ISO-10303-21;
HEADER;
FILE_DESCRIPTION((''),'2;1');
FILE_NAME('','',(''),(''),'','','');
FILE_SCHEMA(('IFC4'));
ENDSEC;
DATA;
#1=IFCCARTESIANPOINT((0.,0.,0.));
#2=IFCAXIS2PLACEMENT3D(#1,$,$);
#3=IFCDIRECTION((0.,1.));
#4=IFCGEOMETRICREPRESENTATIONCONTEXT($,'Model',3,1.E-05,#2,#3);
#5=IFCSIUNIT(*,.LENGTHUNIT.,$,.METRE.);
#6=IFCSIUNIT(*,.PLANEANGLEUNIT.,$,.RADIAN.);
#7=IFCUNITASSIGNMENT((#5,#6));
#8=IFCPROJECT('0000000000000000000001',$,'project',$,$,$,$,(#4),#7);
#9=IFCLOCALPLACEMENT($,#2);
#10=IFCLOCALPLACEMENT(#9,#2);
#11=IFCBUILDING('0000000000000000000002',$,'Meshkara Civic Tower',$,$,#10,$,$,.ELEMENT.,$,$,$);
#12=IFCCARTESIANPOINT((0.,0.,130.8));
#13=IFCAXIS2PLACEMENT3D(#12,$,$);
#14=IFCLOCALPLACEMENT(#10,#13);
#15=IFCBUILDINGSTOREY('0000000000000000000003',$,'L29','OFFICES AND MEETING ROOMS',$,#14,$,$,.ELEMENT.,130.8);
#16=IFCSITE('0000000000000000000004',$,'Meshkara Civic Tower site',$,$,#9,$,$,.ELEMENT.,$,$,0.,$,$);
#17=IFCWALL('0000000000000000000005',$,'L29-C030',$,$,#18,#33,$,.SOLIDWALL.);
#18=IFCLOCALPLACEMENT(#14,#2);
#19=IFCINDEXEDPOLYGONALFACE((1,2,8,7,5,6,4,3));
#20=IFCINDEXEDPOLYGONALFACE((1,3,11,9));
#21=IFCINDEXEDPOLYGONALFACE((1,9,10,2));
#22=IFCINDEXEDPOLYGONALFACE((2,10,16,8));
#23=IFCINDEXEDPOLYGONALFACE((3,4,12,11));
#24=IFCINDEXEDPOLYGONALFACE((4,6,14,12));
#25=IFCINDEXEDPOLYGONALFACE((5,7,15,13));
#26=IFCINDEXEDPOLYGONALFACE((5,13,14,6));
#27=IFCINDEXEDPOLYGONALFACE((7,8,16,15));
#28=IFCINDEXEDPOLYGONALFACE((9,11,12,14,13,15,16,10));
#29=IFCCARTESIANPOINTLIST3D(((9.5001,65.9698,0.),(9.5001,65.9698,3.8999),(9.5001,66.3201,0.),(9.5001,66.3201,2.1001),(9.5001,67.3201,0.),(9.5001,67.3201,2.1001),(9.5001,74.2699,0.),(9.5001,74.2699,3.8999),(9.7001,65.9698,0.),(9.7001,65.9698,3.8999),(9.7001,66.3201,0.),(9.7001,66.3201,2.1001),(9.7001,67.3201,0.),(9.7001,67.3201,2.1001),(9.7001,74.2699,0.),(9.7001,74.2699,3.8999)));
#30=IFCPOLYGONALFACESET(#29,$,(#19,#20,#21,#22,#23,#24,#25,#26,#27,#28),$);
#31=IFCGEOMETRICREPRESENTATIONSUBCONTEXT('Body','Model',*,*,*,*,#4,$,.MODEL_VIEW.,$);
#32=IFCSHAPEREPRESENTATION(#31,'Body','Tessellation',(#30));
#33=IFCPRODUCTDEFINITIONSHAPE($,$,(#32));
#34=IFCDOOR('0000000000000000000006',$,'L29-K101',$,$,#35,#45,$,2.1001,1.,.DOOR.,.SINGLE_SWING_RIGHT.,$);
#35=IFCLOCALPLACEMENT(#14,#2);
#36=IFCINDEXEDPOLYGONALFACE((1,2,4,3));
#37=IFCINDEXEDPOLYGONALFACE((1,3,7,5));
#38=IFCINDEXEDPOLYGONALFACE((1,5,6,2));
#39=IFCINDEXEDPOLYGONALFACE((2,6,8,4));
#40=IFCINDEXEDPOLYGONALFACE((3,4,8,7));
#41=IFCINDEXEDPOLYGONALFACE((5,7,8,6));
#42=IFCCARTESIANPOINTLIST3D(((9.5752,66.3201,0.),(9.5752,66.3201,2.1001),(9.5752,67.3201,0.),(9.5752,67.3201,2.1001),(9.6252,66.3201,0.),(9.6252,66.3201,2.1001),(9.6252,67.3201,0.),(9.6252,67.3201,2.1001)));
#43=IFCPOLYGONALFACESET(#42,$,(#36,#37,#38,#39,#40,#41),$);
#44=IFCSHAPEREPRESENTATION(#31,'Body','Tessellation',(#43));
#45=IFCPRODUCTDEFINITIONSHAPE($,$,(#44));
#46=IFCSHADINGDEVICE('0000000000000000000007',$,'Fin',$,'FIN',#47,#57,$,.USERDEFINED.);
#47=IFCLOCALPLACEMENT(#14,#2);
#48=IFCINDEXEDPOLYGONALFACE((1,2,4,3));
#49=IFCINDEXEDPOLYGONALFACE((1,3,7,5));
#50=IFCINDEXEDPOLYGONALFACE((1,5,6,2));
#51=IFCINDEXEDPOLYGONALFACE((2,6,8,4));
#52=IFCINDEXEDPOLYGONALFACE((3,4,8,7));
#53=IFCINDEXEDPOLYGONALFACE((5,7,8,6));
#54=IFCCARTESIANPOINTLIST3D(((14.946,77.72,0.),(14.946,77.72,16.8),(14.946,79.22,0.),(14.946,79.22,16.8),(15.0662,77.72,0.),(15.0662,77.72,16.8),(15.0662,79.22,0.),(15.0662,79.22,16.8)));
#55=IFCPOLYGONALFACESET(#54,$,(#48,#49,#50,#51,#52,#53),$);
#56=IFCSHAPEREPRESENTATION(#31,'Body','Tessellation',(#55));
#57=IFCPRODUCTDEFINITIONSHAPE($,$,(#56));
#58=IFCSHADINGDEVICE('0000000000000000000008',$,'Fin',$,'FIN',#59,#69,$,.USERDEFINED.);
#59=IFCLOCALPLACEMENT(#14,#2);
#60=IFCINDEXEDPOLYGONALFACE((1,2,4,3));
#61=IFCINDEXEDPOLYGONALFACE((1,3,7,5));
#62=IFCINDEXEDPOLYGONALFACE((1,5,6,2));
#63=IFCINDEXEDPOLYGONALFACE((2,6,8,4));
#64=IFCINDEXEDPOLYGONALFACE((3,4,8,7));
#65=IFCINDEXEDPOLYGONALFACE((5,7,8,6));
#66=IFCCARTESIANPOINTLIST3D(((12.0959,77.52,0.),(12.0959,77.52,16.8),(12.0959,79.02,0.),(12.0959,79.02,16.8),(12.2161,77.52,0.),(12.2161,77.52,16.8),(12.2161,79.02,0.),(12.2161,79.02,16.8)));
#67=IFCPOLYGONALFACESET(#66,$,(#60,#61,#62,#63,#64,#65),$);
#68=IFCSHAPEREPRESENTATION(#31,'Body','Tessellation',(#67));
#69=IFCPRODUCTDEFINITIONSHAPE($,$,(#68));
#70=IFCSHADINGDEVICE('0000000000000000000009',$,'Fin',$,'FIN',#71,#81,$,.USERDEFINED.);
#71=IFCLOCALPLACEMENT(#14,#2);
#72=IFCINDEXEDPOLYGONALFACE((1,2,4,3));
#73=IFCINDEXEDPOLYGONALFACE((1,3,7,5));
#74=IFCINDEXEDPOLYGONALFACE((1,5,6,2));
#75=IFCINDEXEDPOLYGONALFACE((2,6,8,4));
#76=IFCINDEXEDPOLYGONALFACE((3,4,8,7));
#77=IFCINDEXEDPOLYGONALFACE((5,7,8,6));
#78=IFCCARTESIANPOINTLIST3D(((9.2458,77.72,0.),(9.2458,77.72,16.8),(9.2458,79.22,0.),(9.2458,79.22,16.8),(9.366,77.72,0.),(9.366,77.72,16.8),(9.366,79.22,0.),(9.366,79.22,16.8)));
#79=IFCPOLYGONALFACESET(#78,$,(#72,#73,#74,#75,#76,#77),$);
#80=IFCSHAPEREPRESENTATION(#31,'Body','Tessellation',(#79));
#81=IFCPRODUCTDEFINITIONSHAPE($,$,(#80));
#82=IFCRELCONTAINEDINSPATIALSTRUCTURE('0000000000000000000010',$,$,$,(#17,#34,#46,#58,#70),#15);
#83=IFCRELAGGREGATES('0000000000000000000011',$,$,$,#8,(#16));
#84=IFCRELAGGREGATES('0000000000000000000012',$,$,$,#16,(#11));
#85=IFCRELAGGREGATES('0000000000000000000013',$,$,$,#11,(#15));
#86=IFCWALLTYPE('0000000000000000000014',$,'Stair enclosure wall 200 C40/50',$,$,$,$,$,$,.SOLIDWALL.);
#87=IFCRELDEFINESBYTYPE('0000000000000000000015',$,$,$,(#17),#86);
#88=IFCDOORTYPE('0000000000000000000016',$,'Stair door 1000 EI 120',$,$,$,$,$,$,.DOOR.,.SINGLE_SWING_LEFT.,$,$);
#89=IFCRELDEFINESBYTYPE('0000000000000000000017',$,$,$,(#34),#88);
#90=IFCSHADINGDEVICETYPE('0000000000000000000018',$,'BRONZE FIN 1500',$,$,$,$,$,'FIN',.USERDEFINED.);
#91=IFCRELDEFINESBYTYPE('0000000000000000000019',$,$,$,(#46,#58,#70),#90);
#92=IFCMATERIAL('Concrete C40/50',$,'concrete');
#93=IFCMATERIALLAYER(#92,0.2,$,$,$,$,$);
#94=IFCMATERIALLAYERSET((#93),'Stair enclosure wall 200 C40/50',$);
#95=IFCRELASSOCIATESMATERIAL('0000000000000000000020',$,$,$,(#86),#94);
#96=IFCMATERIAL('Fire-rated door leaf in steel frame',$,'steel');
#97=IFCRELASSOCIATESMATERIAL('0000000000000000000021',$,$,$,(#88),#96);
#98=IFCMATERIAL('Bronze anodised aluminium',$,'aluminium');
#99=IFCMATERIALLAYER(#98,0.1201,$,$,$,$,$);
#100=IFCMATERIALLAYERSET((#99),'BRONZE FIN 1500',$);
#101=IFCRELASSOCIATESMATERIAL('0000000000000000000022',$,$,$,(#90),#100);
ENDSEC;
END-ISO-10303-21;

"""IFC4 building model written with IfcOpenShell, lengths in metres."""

from ifc_helpers import new_model, si_unit, direction, frame, frame_2d, origin, origin_2d, place, context, subcontext, project, spatial, rectangle, extrude, material, layer, layer_set, type_object, element, fill, save


model = new_model("IFC4")

# Units and contexts
model_context = context("Model", 3, precision=1e-05, world=origin(), true_north=direction((0.0, 1.0)))
body_context = subcontext(model_context, "Body", "Model", "MODEL_VIEW")
ifc_project = project(units=[si_unit("LENGTHUNIT", "METRE"), si_unit("PLANEANGLEUNIT", "RADIAN")], contexts=[model_context])

# Site, building, storey
site_placement = place(None, origin())
site = spatial("IfcSite", under=ifc_project, at=site_placement, Name="Meshkara Civic Tower site", CompositionType="ELEMENT", RefElevation=0.0)
building_placement = place(site_placement, origin())
building = spatial("IfcBuilding", under=site, at=building_placement, Name="Meshkara Civic Tower", CompositionType="ELEMENT")
storey_placement = place(building_placement, frame((0.0, 0.0, 130.8)))
storey = spatial("IfcBuildingStorey", under=building, at=storey_placement, Name="L29", Description="OFFICES AND MEETING ROOMS", CompositionType="ELEMENT", Elevation=130.8)

# Wall, opening, door
ifc_material_1 = material(Name="Concrete C40/50", Category="concrete")
ifc_layer_1 = layer(ifc_material_1, 0.2)
ifc_layer_set_1 = layer_set([ifc_layer_1], Name="Stair enclosure wall 200 C40/50")
wall_type_1 = type_object("IfcWallType", Name="Stair enclosure wall 200 C40/50", PredefinedType="SOLIDWALL", material=ifc_layer_set_1)
wall_1_placement = place(storey_placement, frame((9.6001, 65.97, 0.0), z_axis=(0.0, 0.0, 1.0), x_axis=(0.0, 1.0, 0.0)))
wall_1 = element("IfcWall", 1, at=wall_1_placement, inside=storey, type_object=wall_type_1, Name="L29-C030", PredefinedType="SOLIDWALL", context=body_context, shape_type="SweptSolid", body=[
    extrude(rectangle(XDim=8.3, YDim=0.2, at=frame_2d((4.1499, 0.0))), origin(), (0.0, 0.0, 1.0), 3.8999),
])
opening_1_placement = place(wall_1_placement, frame((0.3501, 0.0, 0.0)))
opening_1 = element("IfcOpeningElement", 2, at=opening_1_placement, cuts=wall_1, PredefinedType="OPENING", context=body_context, shape_type="SweptSolid", body=[
    extrude(rectangle(XDim=1.0, YDim=2.1001, at=frame_2d((0.5, 1.05))), frame((0.0, 0.1099, 0.0), z_axis=(0.0, -1.0, 0.0), x_axis=(1.0, 0.0, 0.0)), (0.0, 0.0, 1.0), 0.22),
])
ifc_material_2 = material(Name="Fire-rated door leaf in steel frame", Category="steel")
door_type_1 = type_object("IfcDoorType", Name="Stair door 1000 EI 120", OperationType="SINGLE_SWING_LEFT", PredefinedType="DOOR", material=ifc_material_2)
door_1_placement = place(opening_1_placement, origin())
door_1 = element("IfcDoor", 3, at=door_1_placement, inside=storey, type_object=door_type_1, Name="L29-K101", OperationType="SINGLE_SWING_RIGHT", OverallHeight=2.1001, OverallWidth=1.0, PredefinedType="DOOR", context=body_context, shape_type="SweptSolid", body=[
    extrude(rectangle(XDim=1.0, YDim=2.1001, at=frame_2d((0.5, 1.05))), frame((0.0, 0.0249, 0.0), z_axis=(0.0, -1.0, 0.0), x_axis=(1.0, 0.0, 0.0)), (0.0, 0.0, 1.0), 0.05),
])
fill(opening_1, door_1)

# Shading devices
ifc_material_3 = material(Name="Bronze anodised aluminium", Category="aluminium")
ifc_layer_2 = layer(ifc_material_3, 0.1201)
ifc_layer_set_2 = layer_set([ifc_layer_2], Name="BRONZE FIN 1500")
shading_device_type = type_object("IfcShadingDeviceType", Name="BRONZE FIN 1500", ElementType="FIN", PredefinedType="USERDEFINED", material=ifc_layer_set_2)
for number, where, z_axis, x_axis, name in (
    (4, (15.0061, 78.47, 0.0), (0.0, 0.0, 1.0), (-1.0, 0.0, 0.0), "Fin"),
    (5, (12.156, 78.27, 0.0), (0.0, 0.0, 1.0), (-1.0, 0.0, 0.0), "Fin"),
    (6, (9.3059, 78.47, 0.0), (0.0, 0.0, 1.0), (-1.0, 0.0, 0.0), "Fin"),
):
    element("IfcShadingDevice", number, at=place(storey_placement, frame(where, z_axis=z_axis, x_axis=x_axis)), inside=storey, type_object=shading_device_type, Name=name, ObjectType="FIN", PredefinedType="USERDEFINED", context=body_context, shape_type="SweptSolid", body=[
        extrude(rectangle(XDim=0.1201, YDim=1.5, at=origin_2d()), origin(), (0.0, 0.0, 1.0), 16.8),
    ])

save(model, "model.ifc")
